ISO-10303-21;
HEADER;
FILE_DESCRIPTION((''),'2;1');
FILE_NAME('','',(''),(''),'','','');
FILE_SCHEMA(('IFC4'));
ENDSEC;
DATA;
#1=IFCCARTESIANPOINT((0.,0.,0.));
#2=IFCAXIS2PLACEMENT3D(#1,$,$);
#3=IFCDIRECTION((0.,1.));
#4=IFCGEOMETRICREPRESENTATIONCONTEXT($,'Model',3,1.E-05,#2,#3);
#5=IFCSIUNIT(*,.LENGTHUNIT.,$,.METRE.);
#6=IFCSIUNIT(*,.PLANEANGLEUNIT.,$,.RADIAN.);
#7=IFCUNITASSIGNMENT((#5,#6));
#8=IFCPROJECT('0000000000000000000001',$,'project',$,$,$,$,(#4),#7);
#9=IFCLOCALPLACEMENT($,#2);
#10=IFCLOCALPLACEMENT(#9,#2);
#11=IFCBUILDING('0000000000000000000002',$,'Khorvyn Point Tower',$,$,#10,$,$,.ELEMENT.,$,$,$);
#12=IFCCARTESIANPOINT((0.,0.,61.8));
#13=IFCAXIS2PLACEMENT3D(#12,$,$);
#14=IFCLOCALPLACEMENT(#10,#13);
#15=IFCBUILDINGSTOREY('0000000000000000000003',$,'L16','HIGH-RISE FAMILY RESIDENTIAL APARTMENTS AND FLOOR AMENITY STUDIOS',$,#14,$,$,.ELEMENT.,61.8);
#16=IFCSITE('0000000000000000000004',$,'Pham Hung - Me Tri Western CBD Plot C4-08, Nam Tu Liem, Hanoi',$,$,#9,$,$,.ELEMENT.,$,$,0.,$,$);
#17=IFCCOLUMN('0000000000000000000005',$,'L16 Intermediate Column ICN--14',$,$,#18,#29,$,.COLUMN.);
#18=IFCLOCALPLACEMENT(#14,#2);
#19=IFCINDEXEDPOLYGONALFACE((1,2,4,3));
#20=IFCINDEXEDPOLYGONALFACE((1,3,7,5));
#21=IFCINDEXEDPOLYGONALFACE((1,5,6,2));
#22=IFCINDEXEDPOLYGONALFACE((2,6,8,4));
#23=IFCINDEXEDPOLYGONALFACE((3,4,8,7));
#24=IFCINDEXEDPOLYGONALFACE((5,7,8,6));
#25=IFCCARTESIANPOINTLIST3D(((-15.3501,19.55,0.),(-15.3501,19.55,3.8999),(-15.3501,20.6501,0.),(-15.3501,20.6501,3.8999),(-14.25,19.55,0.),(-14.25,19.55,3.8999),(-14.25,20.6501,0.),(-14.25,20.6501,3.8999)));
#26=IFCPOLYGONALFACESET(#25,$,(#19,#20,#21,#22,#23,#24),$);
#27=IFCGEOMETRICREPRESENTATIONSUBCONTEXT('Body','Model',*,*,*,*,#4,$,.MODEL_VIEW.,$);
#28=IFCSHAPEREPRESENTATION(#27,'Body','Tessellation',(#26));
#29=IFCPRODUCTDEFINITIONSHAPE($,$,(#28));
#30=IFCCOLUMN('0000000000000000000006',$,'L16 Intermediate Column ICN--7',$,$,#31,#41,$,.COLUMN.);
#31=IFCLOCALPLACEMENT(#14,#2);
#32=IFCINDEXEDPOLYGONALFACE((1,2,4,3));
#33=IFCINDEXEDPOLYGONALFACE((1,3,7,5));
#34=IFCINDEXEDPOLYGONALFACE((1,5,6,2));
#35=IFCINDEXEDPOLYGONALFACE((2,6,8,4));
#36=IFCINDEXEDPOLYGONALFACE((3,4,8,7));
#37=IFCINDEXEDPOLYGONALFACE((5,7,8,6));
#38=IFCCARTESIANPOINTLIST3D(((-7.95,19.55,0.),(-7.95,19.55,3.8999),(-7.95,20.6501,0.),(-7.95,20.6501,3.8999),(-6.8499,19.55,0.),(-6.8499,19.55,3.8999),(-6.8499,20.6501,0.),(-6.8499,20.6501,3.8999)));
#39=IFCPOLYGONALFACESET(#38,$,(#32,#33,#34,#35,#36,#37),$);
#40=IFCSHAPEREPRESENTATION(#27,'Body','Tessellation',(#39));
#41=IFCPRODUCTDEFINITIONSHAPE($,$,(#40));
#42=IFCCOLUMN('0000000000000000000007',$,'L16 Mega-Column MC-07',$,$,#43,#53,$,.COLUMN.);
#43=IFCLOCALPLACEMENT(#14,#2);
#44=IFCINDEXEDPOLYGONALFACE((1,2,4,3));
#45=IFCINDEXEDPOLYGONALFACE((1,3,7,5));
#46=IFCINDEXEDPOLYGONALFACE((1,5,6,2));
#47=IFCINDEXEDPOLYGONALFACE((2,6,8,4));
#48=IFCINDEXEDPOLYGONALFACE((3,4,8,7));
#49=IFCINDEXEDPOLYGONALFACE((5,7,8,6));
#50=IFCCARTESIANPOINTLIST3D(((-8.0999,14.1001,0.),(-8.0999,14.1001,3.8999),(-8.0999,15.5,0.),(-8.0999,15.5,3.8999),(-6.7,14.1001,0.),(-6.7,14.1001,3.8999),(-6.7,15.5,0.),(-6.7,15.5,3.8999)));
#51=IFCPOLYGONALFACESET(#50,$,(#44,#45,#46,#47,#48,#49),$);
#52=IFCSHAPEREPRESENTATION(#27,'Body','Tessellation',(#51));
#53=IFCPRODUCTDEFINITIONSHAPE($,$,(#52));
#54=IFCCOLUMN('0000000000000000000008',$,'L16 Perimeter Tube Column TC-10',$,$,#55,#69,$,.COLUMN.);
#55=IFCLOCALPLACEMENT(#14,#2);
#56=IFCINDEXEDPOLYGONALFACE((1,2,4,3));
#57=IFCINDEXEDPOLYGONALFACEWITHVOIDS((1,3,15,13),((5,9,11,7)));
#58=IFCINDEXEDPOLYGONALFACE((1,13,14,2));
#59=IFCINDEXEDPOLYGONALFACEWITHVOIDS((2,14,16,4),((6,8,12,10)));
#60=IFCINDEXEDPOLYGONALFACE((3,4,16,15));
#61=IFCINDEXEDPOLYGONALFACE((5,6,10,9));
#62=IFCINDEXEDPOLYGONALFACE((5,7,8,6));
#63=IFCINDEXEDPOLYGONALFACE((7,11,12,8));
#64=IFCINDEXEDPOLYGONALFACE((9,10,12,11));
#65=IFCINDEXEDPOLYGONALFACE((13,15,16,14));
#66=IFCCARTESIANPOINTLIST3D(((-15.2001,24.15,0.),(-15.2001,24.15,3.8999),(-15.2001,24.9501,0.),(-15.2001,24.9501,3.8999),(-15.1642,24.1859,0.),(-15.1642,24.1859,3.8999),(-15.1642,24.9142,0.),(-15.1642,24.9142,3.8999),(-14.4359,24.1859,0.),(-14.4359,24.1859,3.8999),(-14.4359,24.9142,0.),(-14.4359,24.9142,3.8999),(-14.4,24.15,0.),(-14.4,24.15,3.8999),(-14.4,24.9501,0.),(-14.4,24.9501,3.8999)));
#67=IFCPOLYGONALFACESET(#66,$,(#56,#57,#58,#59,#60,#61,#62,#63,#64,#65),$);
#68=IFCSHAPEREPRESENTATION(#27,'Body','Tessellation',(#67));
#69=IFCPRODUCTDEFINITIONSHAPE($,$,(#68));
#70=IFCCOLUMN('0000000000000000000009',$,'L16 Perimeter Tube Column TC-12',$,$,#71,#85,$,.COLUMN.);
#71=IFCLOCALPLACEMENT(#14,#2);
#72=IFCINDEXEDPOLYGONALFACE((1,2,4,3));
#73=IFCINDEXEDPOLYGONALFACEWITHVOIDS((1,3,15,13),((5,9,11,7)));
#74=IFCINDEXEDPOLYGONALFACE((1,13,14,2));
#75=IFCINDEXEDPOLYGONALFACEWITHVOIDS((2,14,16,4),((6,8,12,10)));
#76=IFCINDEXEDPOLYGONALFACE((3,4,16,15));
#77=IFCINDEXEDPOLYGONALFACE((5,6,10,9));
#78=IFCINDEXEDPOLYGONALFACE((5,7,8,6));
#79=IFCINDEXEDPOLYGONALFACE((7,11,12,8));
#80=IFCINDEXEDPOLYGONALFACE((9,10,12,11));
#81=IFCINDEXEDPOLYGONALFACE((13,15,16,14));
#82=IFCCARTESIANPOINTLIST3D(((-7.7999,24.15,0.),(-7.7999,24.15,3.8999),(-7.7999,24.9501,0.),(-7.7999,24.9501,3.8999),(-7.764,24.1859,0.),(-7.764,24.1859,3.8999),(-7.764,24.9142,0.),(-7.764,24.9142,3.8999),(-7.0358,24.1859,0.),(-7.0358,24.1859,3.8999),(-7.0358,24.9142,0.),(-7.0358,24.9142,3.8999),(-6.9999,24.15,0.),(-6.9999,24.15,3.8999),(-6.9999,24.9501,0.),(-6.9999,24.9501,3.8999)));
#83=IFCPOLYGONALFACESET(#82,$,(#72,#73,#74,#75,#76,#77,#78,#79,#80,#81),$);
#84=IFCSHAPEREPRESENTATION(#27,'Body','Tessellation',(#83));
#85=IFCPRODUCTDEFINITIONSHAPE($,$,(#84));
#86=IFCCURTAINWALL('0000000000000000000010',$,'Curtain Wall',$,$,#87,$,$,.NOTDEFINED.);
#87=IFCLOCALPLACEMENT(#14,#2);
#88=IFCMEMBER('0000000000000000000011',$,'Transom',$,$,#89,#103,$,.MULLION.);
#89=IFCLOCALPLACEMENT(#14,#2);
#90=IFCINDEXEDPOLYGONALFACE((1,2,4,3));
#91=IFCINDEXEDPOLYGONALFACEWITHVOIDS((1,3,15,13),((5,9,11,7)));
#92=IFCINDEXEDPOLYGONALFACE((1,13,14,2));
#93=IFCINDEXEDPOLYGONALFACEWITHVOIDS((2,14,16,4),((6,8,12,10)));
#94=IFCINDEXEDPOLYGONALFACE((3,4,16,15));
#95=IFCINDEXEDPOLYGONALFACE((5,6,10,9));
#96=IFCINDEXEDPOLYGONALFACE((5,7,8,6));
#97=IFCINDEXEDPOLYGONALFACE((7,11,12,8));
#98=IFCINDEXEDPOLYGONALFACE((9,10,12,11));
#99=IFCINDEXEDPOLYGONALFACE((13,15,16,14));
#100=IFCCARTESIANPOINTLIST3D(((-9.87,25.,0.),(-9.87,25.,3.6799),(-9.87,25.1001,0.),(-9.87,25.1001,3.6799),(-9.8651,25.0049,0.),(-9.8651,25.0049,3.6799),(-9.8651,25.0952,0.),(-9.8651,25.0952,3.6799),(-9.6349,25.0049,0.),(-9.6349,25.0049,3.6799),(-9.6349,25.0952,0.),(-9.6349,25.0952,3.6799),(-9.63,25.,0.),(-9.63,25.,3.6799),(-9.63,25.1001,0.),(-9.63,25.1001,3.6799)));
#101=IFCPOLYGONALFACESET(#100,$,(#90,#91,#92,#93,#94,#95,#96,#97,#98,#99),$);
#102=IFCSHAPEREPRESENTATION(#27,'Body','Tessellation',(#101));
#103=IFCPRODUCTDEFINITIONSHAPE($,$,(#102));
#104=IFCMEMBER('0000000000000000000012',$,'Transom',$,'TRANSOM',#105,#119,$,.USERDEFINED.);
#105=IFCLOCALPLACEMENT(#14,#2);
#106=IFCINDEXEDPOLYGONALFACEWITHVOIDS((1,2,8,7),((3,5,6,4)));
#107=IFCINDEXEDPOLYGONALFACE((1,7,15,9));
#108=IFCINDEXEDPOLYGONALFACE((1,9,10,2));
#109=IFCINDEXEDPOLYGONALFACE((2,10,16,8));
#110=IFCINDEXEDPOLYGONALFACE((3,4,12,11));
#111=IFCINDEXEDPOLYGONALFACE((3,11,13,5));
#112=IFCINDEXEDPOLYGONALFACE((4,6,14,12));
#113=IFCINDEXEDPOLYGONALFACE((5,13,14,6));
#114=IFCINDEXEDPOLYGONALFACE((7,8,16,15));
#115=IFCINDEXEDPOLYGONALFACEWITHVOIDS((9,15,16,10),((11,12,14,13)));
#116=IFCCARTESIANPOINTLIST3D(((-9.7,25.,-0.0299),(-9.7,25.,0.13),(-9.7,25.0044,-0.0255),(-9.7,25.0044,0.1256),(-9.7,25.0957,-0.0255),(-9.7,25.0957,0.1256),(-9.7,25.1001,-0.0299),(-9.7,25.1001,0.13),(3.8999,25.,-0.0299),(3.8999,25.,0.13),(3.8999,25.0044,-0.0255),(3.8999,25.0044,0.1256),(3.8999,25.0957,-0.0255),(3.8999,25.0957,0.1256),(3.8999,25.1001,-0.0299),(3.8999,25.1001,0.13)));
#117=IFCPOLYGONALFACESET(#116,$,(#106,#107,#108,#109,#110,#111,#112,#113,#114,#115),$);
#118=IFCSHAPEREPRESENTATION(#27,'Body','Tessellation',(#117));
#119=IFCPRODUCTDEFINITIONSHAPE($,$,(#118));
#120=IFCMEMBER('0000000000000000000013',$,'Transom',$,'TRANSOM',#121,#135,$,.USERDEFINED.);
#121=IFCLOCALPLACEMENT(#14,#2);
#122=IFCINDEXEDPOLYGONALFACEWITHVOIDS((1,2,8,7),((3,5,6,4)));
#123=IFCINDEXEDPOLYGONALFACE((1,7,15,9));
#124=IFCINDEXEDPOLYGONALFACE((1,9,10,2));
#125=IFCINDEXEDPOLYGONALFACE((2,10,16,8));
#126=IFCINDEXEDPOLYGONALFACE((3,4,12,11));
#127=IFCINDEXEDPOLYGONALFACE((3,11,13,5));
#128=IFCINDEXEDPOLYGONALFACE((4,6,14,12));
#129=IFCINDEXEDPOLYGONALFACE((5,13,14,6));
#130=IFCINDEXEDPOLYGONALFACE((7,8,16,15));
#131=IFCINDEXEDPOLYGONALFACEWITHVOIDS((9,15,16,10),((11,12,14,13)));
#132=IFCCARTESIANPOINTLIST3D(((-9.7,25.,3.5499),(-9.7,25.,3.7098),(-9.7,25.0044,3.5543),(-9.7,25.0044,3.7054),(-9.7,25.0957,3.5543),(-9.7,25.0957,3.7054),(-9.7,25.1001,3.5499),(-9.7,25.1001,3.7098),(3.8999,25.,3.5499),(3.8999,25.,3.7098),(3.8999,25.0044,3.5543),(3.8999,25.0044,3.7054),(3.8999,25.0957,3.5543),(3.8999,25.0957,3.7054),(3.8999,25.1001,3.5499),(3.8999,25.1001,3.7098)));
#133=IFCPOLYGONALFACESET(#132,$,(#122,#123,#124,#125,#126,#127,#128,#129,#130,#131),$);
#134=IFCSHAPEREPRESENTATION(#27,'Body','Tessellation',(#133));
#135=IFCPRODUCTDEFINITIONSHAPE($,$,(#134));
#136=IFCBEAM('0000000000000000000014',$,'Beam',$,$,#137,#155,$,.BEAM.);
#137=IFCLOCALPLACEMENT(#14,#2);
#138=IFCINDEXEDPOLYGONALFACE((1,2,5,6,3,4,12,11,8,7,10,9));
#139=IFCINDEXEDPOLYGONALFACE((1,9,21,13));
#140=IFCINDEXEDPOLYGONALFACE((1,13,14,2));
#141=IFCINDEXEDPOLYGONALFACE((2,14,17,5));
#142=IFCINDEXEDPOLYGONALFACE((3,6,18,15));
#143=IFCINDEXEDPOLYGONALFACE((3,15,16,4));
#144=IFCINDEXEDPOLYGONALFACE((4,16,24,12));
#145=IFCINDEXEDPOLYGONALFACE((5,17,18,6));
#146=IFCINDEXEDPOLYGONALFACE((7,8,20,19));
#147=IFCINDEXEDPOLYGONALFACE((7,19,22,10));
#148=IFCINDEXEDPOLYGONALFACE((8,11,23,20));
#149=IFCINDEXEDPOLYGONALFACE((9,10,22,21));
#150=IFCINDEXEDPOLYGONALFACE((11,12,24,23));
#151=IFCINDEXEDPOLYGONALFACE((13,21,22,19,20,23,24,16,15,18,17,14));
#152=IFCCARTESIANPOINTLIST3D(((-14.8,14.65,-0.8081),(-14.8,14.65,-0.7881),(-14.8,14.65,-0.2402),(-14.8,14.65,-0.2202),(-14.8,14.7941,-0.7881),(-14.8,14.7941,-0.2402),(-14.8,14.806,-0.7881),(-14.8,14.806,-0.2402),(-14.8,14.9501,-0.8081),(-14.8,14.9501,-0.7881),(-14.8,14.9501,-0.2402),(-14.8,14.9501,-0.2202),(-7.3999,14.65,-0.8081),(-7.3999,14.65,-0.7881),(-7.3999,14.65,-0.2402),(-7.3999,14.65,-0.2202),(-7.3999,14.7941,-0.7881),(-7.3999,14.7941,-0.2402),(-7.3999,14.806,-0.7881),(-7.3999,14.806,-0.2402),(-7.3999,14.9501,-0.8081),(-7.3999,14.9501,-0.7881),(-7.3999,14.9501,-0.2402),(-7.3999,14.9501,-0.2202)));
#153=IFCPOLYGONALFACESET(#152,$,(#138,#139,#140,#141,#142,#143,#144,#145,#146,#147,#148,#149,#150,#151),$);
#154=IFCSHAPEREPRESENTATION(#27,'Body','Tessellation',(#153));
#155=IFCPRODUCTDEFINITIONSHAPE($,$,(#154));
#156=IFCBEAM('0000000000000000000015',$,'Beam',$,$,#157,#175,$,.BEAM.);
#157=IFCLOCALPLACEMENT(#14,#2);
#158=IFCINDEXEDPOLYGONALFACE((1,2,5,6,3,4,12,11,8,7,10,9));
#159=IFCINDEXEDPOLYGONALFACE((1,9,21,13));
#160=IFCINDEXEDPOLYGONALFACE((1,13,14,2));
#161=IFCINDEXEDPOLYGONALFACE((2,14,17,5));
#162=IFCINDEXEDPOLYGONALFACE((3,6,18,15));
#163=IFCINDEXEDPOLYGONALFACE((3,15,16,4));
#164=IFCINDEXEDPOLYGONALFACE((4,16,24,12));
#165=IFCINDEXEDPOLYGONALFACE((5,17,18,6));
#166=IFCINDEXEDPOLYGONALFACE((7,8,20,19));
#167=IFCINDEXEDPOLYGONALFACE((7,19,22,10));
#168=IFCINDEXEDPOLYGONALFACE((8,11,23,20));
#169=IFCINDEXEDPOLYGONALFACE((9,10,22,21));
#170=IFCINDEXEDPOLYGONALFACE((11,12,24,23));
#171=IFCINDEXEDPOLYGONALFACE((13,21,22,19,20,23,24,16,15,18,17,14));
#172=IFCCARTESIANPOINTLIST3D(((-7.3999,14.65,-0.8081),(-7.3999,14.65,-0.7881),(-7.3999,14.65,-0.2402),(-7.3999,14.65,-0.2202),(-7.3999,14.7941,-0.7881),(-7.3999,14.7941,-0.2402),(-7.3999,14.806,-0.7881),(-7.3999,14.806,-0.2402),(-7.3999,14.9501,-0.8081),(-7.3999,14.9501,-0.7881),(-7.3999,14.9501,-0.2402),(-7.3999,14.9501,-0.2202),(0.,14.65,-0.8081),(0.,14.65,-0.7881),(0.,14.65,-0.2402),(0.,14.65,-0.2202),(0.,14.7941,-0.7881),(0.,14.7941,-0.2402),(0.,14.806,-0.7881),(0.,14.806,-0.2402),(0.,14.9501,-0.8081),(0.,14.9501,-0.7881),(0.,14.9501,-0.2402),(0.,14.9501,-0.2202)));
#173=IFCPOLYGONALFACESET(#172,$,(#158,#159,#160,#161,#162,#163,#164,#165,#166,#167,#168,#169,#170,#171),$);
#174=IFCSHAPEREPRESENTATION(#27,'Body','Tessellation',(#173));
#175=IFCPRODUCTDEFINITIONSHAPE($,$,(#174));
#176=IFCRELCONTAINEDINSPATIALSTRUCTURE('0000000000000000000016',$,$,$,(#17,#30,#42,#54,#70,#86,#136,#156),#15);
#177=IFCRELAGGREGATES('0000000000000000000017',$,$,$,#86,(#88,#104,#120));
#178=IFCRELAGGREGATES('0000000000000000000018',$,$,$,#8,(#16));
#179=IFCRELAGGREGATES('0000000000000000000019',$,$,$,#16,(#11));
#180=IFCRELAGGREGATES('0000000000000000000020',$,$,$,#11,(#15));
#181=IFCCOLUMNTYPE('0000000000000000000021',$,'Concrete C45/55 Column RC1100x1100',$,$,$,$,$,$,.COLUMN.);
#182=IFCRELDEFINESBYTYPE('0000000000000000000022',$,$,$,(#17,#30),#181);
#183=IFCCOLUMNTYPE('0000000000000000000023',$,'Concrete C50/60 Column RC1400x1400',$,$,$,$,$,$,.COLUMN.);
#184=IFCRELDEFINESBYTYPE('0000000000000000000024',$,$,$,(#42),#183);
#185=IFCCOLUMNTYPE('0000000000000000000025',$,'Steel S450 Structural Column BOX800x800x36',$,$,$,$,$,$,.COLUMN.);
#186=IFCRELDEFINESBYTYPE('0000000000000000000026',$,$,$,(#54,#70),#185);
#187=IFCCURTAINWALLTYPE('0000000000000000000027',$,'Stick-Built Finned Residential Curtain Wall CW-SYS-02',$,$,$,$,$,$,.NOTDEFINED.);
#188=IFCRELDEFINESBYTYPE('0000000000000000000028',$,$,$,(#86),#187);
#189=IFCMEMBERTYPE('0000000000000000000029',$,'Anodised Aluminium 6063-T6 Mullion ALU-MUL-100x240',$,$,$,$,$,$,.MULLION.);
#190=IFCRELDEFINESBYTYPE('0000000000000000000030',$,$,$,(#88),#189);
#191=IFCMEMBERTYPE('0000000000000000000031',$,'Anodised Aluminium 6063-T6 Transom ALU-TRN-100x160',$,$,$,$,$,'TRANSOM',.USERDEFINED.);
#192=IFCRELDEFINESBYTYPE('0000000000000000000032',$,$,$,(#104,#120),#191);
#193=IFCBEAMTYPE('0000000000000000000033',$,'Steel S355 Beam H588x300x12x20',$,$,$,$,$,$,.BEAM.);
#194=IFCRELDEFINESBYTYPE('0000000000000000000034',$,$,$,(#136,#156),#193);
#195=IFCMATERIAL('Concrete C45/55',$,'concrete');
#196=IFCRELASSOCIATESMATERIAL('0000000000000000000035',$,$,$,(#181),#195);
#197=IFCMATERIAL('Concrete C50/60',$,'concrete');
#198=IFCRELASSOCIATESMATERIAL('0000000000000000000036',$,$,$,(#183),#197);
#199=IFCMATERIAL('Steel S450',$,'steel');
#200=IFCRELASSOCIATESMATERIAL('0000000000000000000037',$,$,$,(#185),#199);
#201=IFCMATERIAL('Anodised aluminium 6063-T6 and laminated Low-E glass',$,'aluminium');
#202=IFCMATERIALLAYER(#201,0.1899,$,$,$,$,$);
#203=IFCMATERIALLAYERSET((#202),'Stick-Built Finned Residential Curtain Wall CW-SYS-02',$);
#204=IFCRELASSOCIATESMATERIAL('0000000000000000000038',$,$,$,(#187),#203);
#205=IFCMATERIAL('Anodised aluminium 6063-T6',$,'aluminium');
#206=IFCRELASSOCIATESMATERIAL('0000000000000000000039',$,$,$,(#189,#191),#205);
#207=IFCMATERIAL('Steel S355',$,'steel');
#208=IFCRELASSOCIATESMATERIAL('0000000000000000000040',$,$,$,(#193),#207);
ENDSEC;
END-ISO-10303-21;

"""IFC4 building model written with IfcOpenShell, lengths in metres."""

from ifc_helpers import new_model, si_unit, direction, frame, origin, origin_2d, place, context, subcontext, project, spatial, rectangle, hollow_rectangle, i_section, extrude, material, layer, layer_set, material_profile, profile_set, type_object, element, aggregate, save


model = new_model("IFC4")

# Units and contexts
model_context = context("Model", 3, precision=1e-05, world=origin(), true_north=direction((0.0, 1.0)))
body_context = subcontext(model_context, "Body", "Model", "MODEL_VIEW")
ifc_project = project(units=[si_unit("LENGTHUNIT", "METRE"), si_unit("PLANEANGLEUNIT", "RADIAN")], contexts=[model_context])

# Site, building, storey
site_placement = place(None, origin())
site = spatial("IfcSite", under=ifc_project, at=site_placement, Name="Pham Hung - Me Tri Western CBD Plot C4-08, Nam Tu Liem, Hanoi", CompositionType="ELEMENT", RefElevation=0.0)
building_placement = place(site_placement, origin())
building = spatial("IfcBuilding", under=site, at=building_placement, Name="Khorvyn Point Tower", CompositionType="ELEMENT")
storey_placement = place(building_placement, frame((0.0, 0.0, 61.8)))
storey = spatial("IfcBuildingStorey", under=building, at=storey_placement, Name="L16", Description="HIGH-RISE FAMILY RESIDENTIAL APARTMENTS AND FLOOR AMENITY STUDIOS", CompositionType="ELEMENT", Elevation=61.8)

# Columns
ifc_material_1 = material(Name="Concrete C45/55", Category="concrete")
ifc_material_profile_1 = material_profile(ifc_material_1, rectangle(XDim=1.1001, YDim=1.1001, at=origin_2d()))
ifc_profile_set_1 = profile_set([ifc_material_profile_1], Name="Concrete C45/55 RC1100x1100")
column_type_1 = type_object("IfcColumnType", Name="Concrete C45/55 Column RC1100x1100", PredefinedType="COLUMN", material=ifc_profile_set_1)
for number, where, z_axis, x_axis, name in (
    (1, (-14.8, 20.1001, 0.0), (0.0, 0.0, 1.0), (1.0, 0.0, 0.0), "L16 Intermediate Column ICN--14"),
    (2, (-7.3999, 20.1001, 0.0), (0.0, 0.0, 1.0), (1.0, 0.0, 0.0), "L16 Intermediate Column ICN--7"),
):
    element("IfcColumn", number, at=place(storey_placement, frame(where, z_axis=z_axis, x_axis=x_axis)), inside=storey, type_object=column_type_1, Name=name, PredefinedType="COLUMN", context=body_context, shape_type="SweptSolid", body=[
        extrude(rectangle(XDim=1.1001, YDim=1.1001, at=origin_2d()), origin(), (0.0, 0.0, 1.0), 3.8999),
    ])
ifc_material_2 = material(Name="Concrete C50/60", Category="concrete")
ifc_material_profile_2 = material_profile(ifc_material_2, rectangle(XDim=1.3999, YDim=1.3999, at=origin_2d()))
ifc_profile_set_2 = profile_set([ifc_material_profile_2], Name="Concrete C50/60 RC1400x1400")
column_type_2 = type_object("IfcColumnType", Name="Concrete C50/60 Column RC1400x1400", PredefinedType="COLUMN", material=ifc_profile_set_2)
column_placement = place(storey_placement, frame((-7.3999, 14.8, 0.0), z_axis=(0.0, 0.0, 1.0), x_axis=(1.0, 0.0, 0.0)))
element("IfcColumn", 3, at=column_placement, inside=storey, type_object=column_type_2, Name="L16 Mega-Column MC-07", PredefinedType="COLUMN", context=body_context, shape_type="SweptSolid", body=[
    extrude(rectangle(XDim=1.3999, YDim=1.3999, at=origin_2d()), origin(), (0.0, 0.0, 1.0), 3.8999),
])
ifc_material_3 = material(Name="Steel S450", Category="steel")
ifc_material_profile_3 = material_profile(ifc_material_3, hollow_rectangle(XDim=0.8, YDim=0.8, WallThickness=0.0359, at=origin_2d()))
ifc_profile_set_3 = profile_set([ifc_material_profile_3], Name="Steel S450 BOX800x800x36")
column_type_3 = type_object("IfcColumnType", Name="Steel S450 Structural Column BOX800x800x36", PredefinedType="COLUMN", material=ifc_profile_set_3)
for number, where, z_axis, x_axis, name in (
    (4, (-14.8, 24.55, 0.0), (0.0, 0.0, 1.0), (1.0, 0.0, 0.0), "L16 Perimeter Tube Column TC-10"),
    (5, (-7.3999, 24.55, 0.0), (0.0, 0.0, 1.0), (1.0, 0.0, 0.0), "L16 Perimeter Tube Column TC-12"),
):
    element("IfcColumn", number, at=place(storey_placement, frame(where, z_axis=z_axis, x_axis=x_axis)), inside=storey, type_object=column_type_3, Name=name, PredefinedType="COLUMN", context=body_context, shape_type="SweptSolid", body=[
        extrude(hollow_rectangle(XDim=0.8, YDim=0.8, WallThickness=0.0359, at=origin_2d()), origin(), (0.0, 0.0, 1.0), 3.8999),
    ])

# Curtain wall, members
ifc_material_4 = material(Name="Anodised aluminium 6063-T6 and laminated Low-E glass", Category="aluminium")
ifc_layer_1 = layer(ifc_material_4, 0.1899)
ifc_layer_set_1 = layer_set([ifc_layer_1], Name="Stick-Built Finned Residential Curtain Wall CW-SYS-02")
curtain_wall_type = type_object("IfcCurtainWallType", Name="Stick-Built Finned Residential Curtain Wall CW-SYS-02", PredefinedType="NOTDEFINED", material=ifc_layer_set_1)
curtain_wall_placement = place(storey_placement, origin())
curtain_wall = element("IfcCurtainWall", 6, at=curtain_wall_placement, inside=storey, type_object=curtain_wall_type, Name="Curtain Wall", PredefinedType="NOTDEFINED")
ifc_material_5 = material(Name="Anodised aluminium 6063-T6", Category="aluminium")
ifc_material_profile_4 = material_profile(ifc_material_5, hollow_rectangle(XDim=0.1001, YDim=0.24, WallThickness=0.0049, at=origin_2d()))
ifc_profile_set_4 = profile_set([ifc_material_profile_4], Name="Anodised aluminium 6063-T6 ALU-MUL-100x240")
member_type_1 = type_object("IfcMemberType", Name="Anodised Aluminium 6063-T6 Mullion ALU-MUL-100x240", PredefinedType="MULLION", material=ifc_profile_set_4)
member_1_placement = place(storey_placement, frame((-9.75, 25.05, 0.0), z_axis=(0.0, 0.0, 1.0), x_axis=(0.0, 1.0, 0.0)))
member_1 = element("IfcMember", 7, at=member_1_placement, type_object=member_type_1, Name="Transom", PredefinedType="MULLION", context=body_context, shape_type="SweptSolid", body=[
    extrude(hollow_rectangle(XDim=0.1001, YDim=0.24, WallThickness=0.0049, at=origin_2d()), origin(), (0.0, 0.0, 1.0), 3.6799),
])
ifc_material_profile_5 = material_profile(ifc_material_5, hollow_rectangle(XDim=0.1001, YDim=0.1599, WallThickness=0.0044, at=origin_2d()))
ifc_profile_set_5 = profile_set([ifc_material_profile_5], Name="Anodised aluminium 6063-T6 ALU-TRN-100x160")
member_type_2 = type_object("IfcMemberType", Name="Anodised Aluminium 6063-T6 Transom ALU-TRN-100x160", ElementType="TRANSOM", PredefinedType="USERDEFINED", material=ifc_profile_set_5)
member_2_placement = place(storey_placement, frame((-9.7, 25.05, 0.05), z_axis=(1.0, 0.0, 0.0), x_axis=(0.0, 1.0, 0.0)))
member_2 = element("IfcMember", 8, at=member_2_placement, type_object=member_type_2, Name="Transom", ObjectType="TRANSOM", PredefinedType="USERDEFINED", context=body_context, shape_type="SweptSolid", body=[
    extrude(hollow_rectangle(XDim=0.1001, YDim=0.1599, WallThickness=0.0044, at=origin_2d()), origin(), (0.0, 0.0, 1.0), 13.5999),
])
member_3_placement = place(storey_placement, frame((-9.7, 25.05, 3.6299), z_axis=(1.0, 0.0, 0.0), x_axis=(0.0, 1.0, 0.0)))
member_3 = element("IfcMember", 9, at=member_3_placement, type_object=member_type_2, Name="Transom", ObjectType="TRANSOM", PredefinedType="USERDEFINED", context=body_context, shape_type="SweptSolid", body=[
    extrude(hollow_rectangle(XDim=0.1001, YDim=0.1599, WallThickness=0.0044, at=origin_2d()), origin(), (0.0, 0.0, 1.0), 13.5999),
])

# Beams
ifc_material_6 = material(Name="Steel S355", Category="steel")
ifc_material_profile_6 = material_profile(ifc_material_6, i_section(OverallWidth=0.3, OverallDepth=0.5879, WebThickness=0.012, FlangeThickness=0.02, at=origin_2d()))
ifc_profile_set_6 = profile_set([ifc_material_profile_6], Name="Steel S355 H588x300x12x20")
beam_type_1 = type_object("IfcBeamType", Name="Steel S355 Beam H588x300x12x20", PredefinedType="BEAM", material=ifc_profile_set_6)
beam_1_placement = place(storey_placement, frame((-14.8, 14.8, -0.5142), z_axis=(1.0, 0.0, 0.0), x_axis=(0.0, 1.0, 0.0)))
element("IfcBeam", 10, at=beam_1_placement, inside=storey, type_object=beam_type_1, Name="Beam", PredefinedType="BEAM", context=body_context, shape_type="SweptSolid", body=[
    extrude(i_section(OverallWidth=0.3, OverallDepth=0.5879, WebThickness=0.012, FlangeThickness=0.02, at=origin_2d()), origin(), (0.0, 0.0, 1.0), 7.4001),
])
beam_2_placement = place(storey_placement, frame((-7.3999, 14.8, -0.5142), z_axis=(1.0, 0.0, 0.0), x_axis=(0.0, 1.0, 0.0)))
element("IfcBeam", 11, at=beam_2_placement, inside=storey, type_object=beam_type_1, Name="Beam", PredefinedType="BEAM", context=body_context, shape_type="SweptSolid", body=[
    extrude(i_section(OverallWidth=0.3, OverallDepth=0.5879, WebThickness=0.012, FlangeThickness=0.02, at=origin_2d()), origin(), (0.0, 0.0, 1.0), 7.3999),
])

aggregate(curtain_wall, [member_1, member_2, member_3])

save(model, "model.ifc")
